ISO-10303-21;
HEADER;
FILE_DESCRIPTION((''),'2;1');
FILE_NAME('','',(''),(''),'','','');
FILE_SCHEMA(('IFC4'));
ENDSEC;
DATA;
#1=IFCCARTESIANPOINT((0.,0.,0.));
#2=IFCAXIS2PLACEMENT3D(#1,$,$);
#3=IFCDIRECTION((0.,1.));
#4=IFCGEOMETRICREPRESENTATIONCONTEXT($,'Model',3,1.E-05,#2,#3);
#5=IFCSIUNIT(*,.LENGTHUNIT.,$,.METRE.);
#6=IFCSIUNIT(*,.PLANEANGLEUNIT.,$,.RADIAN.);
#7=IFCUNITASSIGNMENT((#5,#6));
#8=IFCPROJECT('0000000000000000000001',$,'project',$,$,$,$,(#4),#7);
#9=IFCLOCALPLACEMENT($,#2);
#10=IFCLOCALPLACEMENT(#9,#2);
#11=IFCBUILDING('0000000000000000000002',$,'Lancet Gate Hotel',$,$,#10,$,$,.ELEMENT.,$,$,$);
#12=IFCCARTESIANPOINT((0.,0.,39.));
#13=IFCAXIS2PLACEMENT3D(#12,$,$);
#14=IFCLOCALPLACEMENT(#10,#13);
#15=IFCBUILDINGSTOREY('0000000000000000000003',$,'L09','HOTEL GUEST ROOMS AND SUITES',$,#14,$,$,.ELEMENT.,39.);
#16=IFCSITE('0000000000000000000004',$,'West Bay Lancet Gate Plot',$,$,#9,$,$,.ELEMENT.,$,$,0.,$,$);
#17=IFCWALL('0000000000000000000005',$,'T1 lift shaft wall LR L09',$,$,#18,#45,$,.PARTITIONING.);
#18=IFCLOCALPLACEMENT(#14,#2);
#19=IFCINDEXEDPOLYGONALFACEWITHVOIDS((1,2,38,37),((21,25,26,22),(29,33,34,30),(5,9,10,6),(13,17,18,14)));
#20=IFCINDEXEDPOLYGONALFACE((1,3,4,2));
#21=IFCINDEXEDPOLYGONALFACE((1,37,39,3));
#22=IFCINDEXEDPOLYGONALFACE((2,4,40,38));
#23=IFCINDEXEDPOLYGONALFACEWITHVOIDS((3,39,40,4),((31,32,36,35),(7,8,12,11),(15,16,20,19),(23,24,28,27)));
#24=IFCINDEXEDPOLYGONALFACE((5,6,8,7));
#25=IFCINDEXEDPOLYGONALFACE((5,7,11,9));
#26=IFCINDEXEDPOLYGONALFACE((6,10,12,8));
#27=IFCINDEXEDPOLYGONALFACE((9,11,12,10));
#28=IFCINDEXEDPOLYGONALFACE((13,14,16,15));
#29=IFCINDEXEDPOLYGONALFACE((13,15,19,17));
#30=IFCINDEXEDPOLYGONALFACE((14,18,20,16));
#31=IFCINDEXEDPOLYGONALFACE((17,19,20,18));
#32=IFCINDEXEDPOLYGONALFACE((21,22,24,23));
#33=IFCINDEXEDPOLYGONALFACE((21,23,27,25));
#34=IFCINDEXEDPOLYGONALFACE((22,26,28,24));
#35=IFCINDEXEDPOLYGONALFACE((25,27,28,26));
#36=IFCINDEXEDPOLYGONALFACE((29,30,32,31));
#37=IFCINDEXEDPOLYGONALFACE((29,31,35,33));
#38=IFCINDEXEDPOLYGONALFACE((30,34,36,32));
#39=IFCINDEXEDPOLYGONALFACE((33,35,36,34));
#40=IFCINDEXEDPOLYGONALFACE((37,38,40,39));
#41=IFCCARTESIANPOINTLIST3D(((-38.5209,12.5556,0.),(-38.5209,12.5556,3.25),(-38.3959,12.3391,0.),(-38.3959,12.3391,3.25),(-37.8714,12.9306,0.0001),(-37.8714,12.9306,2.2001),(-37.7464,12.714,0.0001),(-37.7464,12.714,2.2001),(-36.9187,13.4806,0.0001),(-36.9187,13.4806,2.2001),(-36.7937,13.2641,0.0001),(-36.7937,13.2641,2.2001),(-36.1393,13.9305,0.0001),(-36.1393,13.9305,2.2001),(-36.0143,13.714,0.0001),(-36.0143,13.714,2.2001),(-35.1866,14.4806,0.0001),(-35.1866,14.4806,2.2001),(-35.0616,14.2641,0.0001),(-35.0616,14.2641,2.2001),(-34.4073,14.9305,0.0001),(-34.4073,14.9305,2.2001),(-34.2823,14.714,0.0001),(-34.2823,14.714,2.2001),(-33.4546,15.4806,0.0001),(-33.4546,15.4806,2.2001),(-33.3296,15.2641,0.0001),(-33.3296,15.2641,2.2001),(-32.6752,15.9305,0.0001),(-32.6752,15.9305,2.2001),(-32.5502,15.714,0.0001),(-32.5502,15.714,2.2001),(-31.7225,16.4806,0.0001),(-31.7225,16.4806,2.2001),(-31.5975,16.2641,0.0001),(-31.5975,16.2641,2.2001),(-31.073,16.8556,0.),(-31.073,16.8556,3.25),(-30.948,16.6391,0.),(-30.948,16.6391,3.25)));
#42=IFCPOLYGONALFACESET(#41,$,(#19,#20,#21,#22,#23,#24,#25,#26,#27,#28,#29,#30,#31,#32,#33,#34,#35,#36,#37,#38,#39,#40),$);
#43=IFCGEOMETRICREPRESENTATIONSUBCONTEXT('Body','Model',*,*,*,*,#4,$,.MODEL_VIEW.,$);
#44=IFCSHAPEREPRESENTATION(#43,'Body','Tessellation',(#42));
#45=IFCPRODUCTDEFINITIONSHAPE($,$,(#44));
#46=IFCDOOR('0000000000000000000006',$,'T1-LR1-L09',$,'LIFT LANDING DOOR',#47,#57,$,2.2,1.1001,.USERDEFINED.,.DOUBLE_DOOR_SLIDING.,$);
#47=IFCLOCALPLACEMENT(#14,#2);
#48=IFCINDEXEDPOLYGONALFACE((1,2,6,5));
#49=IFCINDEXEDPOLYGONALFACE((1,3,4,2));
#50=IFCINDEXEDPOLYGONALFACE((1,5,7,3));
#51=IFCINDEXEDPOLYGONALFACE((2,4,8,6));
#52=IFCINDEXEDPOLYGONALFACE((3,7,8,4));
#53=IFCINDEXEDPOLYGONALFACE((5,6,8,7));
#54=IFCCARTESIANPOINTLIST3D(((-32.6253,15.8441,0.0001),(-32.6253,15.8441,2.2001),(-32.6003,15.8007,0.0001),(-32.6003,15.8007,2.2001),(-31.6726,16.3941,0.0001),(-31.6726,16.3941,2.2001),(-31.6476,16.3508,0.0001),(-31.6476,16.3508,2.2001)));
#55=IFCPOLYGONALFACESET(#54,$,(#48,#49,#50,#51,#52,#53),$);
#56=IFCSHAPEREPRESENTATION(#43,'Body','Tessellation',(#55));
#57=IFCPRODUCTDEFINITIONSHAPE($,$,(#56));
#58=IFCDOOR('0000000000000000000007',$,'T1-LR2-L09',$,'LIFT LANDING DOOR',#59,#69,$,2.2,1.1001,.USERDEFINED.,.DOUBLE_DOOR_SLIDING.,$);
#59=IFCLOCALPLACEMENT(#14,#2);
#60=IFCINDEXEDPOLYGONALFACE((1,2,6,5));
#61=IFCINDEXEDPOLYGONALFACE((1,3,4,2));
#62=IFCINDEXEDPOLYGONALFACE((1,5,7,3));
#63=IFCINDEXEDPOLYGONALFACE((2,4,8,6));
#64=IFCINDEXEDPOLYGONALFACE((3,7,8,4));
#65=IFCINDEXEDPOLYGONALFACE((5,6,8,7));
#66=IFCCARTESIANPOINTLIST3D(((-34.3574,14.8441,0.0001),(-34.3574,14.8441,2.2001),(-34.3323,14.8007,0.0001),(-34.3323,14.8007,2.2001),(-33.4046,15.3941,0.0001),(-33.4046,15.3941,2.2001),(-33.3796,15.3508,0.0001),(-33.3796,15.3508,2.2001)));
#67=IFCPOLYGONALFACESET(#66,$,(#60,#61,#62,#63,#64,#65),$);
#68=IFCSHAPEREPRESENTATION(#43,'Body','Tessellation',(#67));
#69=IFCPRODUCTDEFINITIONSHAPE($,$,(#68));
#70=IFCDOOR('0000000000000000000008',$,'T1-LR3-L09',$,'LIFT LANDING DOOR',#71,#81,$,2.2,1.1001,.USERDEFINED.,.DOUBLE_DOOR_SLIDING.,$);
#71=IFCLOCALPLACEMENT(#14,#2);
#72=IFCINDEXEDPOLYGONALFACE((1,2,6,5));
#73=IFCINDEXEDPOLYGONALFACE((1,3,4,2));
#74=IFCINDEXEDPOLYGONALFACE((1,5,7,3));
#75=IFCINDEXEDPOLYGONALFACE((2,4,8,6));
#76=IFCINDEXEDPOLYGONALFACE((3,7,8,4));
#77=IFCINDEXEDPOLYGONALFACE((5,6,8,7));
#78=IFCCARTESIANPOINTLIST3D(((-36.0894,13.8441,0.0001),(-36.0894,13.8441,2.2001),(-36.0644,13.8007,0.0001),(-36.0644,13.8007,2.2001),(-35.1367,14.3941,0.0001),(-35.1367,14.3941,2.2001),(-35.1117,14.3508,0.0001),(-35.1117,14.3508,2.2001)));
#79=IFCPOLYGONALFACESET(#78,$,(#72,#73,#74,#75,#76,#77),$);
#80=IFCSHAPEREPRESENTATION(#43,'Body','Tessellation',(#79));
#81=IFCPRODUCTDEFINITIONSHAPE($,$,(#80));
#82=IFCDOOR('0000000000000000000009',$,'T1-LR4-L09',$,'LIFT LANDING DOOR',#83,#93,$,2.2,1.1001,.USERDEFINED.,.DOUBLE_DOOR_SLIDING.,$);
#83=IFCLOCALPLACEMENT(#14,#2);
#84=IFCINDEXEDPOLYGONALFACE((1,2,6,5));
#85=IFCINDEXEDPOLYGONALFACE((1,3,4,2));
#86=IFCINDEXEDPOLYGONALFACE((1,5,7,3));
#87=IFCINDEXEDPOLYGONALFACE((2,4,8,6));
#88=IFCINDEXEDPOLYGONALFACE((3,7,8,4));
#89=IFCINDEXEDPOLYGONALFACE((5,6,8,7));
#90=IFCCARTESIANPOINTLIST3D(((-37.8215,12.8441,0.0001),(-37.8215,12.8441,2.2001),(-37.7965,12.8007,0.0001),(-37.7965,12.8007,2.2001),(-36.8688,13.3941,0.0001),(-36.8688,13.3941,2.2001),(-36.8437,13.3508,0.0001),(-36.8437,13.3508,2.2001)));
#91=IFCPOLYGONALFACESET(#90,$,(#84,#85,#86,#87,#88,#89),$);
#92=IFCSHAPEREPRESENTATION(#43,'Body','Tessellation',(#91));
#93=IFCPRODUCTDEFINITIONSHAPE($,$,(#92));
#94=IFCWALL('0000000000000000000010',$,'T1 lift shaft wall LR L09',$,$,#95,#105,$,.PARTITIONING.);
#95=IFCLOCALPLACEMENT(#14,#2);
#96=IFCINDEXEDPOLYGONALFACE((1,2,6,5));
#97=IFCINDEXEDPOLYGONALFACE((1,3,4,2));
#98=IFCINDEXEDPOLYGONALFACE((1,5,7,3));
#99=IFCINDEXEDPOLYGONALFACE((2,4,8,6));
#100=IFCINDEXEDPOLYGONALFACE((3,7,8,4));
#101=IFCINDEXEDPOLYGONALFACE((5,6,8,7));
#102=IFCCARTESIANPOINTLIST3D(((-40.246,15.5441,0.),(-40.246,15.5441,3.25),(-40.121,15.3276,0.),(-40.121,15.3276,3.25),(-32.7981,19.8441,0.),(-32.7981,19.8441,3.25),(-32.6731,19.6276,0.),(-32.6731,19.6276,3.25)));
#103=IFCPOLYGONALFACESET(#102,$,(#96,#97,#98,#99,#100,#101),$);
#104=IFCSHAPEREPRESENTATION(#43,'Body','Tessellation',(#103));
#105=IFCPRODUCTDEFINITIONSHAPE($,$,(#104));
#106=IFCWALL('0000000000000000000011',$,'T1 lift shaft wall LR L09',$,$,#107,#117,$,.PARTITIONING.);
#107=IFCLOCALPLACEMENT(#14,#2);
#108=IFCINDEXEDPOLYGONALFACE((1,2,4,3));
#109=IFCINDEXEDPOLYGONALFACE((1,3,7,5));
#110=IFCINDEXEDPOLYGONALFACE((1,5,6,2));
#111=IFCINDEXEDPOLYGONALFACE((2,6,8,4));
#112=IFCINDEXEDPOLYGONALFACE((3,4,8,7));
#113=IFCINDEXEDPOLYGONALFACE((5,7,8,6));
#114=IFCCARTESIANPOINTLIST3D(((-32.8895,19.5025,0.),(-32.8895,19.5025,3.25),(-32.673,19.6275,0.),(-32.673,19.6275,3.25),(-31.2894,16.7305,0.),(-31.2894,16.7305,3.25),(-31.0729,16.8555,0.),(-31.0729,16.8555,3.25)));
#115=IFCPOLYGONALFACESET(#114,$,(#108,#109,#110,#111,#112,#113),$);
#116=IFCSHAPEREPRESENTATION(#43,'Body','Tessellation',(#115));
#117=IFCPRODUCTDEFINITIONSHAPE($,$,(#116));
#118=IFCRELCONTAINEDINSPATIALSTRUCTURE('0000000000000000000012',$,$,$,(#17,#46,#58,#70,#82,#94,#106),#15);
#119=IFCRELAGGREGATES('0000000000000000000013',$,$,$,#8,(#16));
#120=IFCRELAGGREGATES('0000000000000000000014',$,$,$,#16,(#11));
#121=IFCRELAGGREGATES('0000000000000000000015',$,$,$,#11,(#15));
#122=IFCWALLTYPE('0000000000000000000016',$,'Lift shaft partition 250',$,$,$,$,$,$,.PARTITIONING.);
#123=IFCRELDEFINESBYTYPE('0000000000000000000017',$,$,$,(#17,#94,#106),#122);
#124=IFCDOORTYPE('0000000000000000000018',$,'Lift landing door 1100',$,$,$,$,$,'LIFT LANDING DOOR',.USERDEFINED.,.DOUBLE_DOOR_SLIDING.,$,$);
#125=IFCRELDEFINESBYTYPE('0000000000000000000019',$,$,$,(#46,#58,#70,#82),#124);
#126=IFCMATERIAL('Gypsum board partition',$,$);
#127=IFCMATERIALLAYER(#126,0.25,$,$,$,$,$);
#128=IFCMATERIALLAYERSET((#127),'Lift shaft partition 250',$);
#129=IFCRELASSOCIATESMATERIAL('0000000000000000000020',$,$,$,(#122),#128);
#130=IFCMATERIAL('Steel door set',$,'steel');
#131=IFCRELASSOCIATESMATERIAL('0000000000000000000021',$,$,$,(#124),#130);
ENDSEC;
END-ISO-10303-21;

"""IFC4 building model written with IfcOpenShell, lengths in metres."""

from ifc_helpers import new_model, si_unit, direction, frame, frame_2d, origin, place, context, subcontext, project, spatial, rectangle, extrude, material, layer, layer_set, type_object, element, fill, save


model = new_model("IFC4")

# Units and contexts
model_context = context("Model", 3, precision=1e-05, world=origin(), true_north=direction((0.0, 1.0)))
body_context = subcontext(model_context, "Body", "Model", "MODEL_VIEW")
ifc_project = project(units=[si_unit("LENGTHUNIT", "METRE"), si_unit("PLANEANGLEUNIT", "RADIAN")], contexts=[model_context])

# Site, building, storey
site_placement = place(None, origin())
site = spatial("IfcSite", under=ifc_project, at=site_placement, Name="West Bay Lancet Gate Plot", CompositionType="ELEMENT", RefElevation=0.0)
building_placement = place(site_placement, origin())
building = spatial("IfcBuilding", under=site, at=building_placement, Name="Lancet Gate Hotel", CompositionType="ELEMENT")
storey_placement = place(building_placement, frame((0.0, 0.0, 39.0)))
storey = spatial("IfcBuildingStorey", under=building, at=storey_placement, Name="L09", Description="HOTEL GUEST ROOMS AND SUITES", CompositionType="ELEMENT", Elevation=39.0)

# Wall, openings, doors
ifc_material_1 = material(Name="Gypsum board partition")
ifc_layer_1 = layer(ifc_material_1, 0.25)
ifc_layer_set_1 = layer_set([ifc_layer_1], Name="Lift shaft partition 250")
wall_type = type_object("IfcWallType", Name="Lift shaft partition 250", PredefinedType="PARTITIONING", material=ifc_layer_set_1)
wall_1_placement = place(storey_placement, frame((-31.0105, 16.7473, 0.0), z_axis=(0.0, 0.0, 1.0), x_axis=(-0.866028, -0.499995, 0.0)))
wall_1 = element("IfcWall", 1, at=wall_1_placement, inside=storey, type_object=wall_type, Name="T1 lift shaft wall LR L09", PredefinedType="PARTITIONING", context=body_context, shape_type="SweptSolid", body=[
    extrude(rectangle(XDim=8.6001, YDim=0.25, at=frame_2d((4.3, 0.0))), origin(), (0.0, 0.0, 1.0), 3.25),
])
opening_1_placement = place(wall_1_placement, frame((0.75, 0.0, 0.0)))
opening_1 = element("IfcOpeningElement", 2, at=opening_1_placement, cuts=wall_1, PredefinedType="OPENING", context=body_context, shape_type="SweptSolid", body=[
    extrude(rectangle(XDim=1.1001, YDim=2.2, at=frame_2d((0.55, 1.1001))), frame((0.0, 0.135, 0.0), z_axis=(0.0, -1.0, 0.0), x_axis=(1.0, 0.0, 0.0)), (0.0, 0.0, 1.0), 0.27),
])
opening_2_placement = place(wall_1_placement, frame((2.75, 0.0, 0.0)))
opening_2 = element("IfcOpeningElement", 3, at=opening_2_placement, cuts=wall_1, PredefinedType="OPENING", context=body_context, shape_type="SweptSolid", body=[
    extrude(rectangle(XDim=1.1001, YDim=2.2, at=frame_2d((0.55, 1.1001))), frame((0.0, 0.135, 0.0), z_axis=(0.0, -1.0, 0.0), x_axis=(1.0, 0.0, 0.0)), (0.0, 0.0, 1.0), 0.27),
])
opening_3_placement = place(wall_1_placement, frame((4.75, 0.0, 0.0)))
opening_3 = element("IfcOpeningElement", 4, at=opening_3_placement, cuts=wall_1, PredefinedType="OPENING", context=body_context, shape_type="SweptSolid", body=[
    extrude(rectangle(XDim=1.1001, YDim=2.2, at=frame_2d((0.55, 1.1001))), frame((0.0, 0.135, 0.0), z_axis=(0.0, -1.0, 0.0), x_axis=(1.0, 0.0, 0.0)), (0.0, 0.0, 1.0), 0.27),
])
opening_4_placement = place(wall_1_placement, frame((6.75, 0.0, 0.0)))
opening_4 = element("IfcOpeningElement", 5, at=opening_4_placement, cuts=wall_1, PredefinedType="OPENING", context=body_context, shape_type="SweptSolid", body=[
    extrude(rectangle(XDim=1.1001, YDim=2.2, at=frame_2d((0.55, 1.1001))), frame((0.0, 0.135, 0.0), z_axis=(0.0, -1.0, 0.0), x_axis=(1.0, 0.0, 0.0)), (0.0, 0.0, 1.0), 0.27),
])
ifc_material_2 = material(Name="Steel door set", Category="steel")
door_type = type_object("IfcDoorType", Name="Lift landing door 1100", ElementType="LIFT LANDING DOOR", OperationType="DOUBLE_DOOR_SLIDING", PredefinedType="USERDEFINED", material=ifc_material_2)
door_1_placement = place(opening_1_placement, origin())
door_1 = element("IfcDoor", 6, at=door_1_placement, inside=storey, type_object=door_type, Name="T1-LR1-L09", ObjectType="LIFT LANDING DOOR", OperationType="DOUBLE_DOOR_SLIDING", OverallHeight=2.2, OverallWidth=1.1001, PredefinedType="USERDEFINED", context=body_context, shape_type="SweptSolid", body=[
    extrude(rectangle(XDim=1.1001, YDim=2.2, at=frame_2d((0.55, 1.1001))), frame((0.0, 0.0249, 0.0), z_axis=(0.0, -1.0, 0.0), x_axis=(1.0, 0.0, 0.0)), (0.0, 0.0, 1.0), 0.05),
])
fill(opening_1, door_1)
door_2_placement = place(opening_2_placement, origin())
door_2 = element("IfcDoor", 7, at=door_2_placement, inside=storey, type_object=door_type, Name="T1-LR2-L09", ObjectType="LIFT LANDING DOOR", OperationType="DOUBLE_DOOR_SLIDING", OverallHeight=2.2, OverallWidth=1.1001, PredefinedType="USERDEFINED", context=body_context, shape_type="SweptSolid", body=[
    extrude(rectangle(XDim=1.1001, YDim=2.2, at=frame_2d((0.55, 1.1001))), frame((0.0, 0.0249, 0.0), z_axis=(0.0, -1.0, 0.0), x_axis=(1.0, 0.0, 0.0)), (0.0, 0.0, 1.0), 0.05),
])
fill(opening_2, door_2)
door_3_placement = place(opening_3_placement, origin())
door_3 = element("IfcDoor", 8, at=door_3_placement, inside=storey, type_object=door_type, Name="T1-LR3-L09", ObjectType="LIFT LANDING DOOR", OperationType="DOUBLE_DOOR_SLIDING", OverallHeight=2.2, OverallWidth=1.1001, PredefinedType="USERDEFINED", context=body_context, shape_type="SweptSolid", body=[
    extrude(rectangle(XDim=1.1001, YDim=2.2, at=frame_2d((0.55, 1.1001))), frame((0.0, 0.0249, 0.0), z_axis=(0.0, -1.0, 0.0), x_axis=(1.0, 0.0, 0.0)), (0.0, 0.0, 1.0), 0.05),
])
fill(opening_3, door_3)
door_4_placement = place(opening_4_placement, origin())
door_4 = element("IfcDoor", 9, at=door_4_placement, inside=storey, type_object=door_type, Name="T1-LR4-L09", ObjectType="LIFT LANDING DOOR", OperationType="DOUBLE_DOOR_SLIDING", OverallHeight=2.2, OverallWidth=1.1001, PredefinedType="USERDEFINED", context=body_context, shape_type="SweptSolid", body=[
    extrude(rectangle(XDim=1.1001, YDim=2.2, at=frame_2d((0.55, 1.1001))), frame((0.0, 0.0249, 0.0), z_axis=(0.0, -1.0, 0.0), x_axis=(1.0, 0.0, 0.0)), (0.0, 0.0, 1.0), 0.05),
])
fill(opening_4, door_4)

# Walls
wall_2_placement = place(storey_placement, frame((-32.7356, 19.7358, 0.0), z_axis=(0.0, 0.0, 1.0), x_axis=(-0.866028, -0.499995, 0.0)))
element("IfcWall", 10, at=wall_2_placement, inside=storey, type_object=wall_type, Name="T1 lift shaft wall LR L09", PredefinedType="PARTITIONING", context=body_context, shape_type="SweptSolid", body=[
    extrude(rectangle(XDim=8.6001, YDim=0.25, at=frame_2d((4.3, 0.0))), origin(), (0.0, 0.0, 1.0), 3.25),
])
wall_3_placement = place(storey_placement, frame((-31.1812, 16.793, 0.0), z_axis=(0.0, 0.0, 1.0), x_axis=(-0.499929, 0.866066, 0.0)))
element("IfcWall", 11, at=wall_3_placement, inside=storey, type_object=wall_type, Name="T1 lift shaft wall LR L09", PredefinedType="PARTITIONING", context=body_context, shape_type="SweptSolid", body=[
    extrude(rectangle(XDim=3.2007, YDim=0.25, at=frame_2d((1.6003, 0.0))), origin(), (0.0, 0.0, 1.0), 3.25),
])

save(model, "model.ifc")
